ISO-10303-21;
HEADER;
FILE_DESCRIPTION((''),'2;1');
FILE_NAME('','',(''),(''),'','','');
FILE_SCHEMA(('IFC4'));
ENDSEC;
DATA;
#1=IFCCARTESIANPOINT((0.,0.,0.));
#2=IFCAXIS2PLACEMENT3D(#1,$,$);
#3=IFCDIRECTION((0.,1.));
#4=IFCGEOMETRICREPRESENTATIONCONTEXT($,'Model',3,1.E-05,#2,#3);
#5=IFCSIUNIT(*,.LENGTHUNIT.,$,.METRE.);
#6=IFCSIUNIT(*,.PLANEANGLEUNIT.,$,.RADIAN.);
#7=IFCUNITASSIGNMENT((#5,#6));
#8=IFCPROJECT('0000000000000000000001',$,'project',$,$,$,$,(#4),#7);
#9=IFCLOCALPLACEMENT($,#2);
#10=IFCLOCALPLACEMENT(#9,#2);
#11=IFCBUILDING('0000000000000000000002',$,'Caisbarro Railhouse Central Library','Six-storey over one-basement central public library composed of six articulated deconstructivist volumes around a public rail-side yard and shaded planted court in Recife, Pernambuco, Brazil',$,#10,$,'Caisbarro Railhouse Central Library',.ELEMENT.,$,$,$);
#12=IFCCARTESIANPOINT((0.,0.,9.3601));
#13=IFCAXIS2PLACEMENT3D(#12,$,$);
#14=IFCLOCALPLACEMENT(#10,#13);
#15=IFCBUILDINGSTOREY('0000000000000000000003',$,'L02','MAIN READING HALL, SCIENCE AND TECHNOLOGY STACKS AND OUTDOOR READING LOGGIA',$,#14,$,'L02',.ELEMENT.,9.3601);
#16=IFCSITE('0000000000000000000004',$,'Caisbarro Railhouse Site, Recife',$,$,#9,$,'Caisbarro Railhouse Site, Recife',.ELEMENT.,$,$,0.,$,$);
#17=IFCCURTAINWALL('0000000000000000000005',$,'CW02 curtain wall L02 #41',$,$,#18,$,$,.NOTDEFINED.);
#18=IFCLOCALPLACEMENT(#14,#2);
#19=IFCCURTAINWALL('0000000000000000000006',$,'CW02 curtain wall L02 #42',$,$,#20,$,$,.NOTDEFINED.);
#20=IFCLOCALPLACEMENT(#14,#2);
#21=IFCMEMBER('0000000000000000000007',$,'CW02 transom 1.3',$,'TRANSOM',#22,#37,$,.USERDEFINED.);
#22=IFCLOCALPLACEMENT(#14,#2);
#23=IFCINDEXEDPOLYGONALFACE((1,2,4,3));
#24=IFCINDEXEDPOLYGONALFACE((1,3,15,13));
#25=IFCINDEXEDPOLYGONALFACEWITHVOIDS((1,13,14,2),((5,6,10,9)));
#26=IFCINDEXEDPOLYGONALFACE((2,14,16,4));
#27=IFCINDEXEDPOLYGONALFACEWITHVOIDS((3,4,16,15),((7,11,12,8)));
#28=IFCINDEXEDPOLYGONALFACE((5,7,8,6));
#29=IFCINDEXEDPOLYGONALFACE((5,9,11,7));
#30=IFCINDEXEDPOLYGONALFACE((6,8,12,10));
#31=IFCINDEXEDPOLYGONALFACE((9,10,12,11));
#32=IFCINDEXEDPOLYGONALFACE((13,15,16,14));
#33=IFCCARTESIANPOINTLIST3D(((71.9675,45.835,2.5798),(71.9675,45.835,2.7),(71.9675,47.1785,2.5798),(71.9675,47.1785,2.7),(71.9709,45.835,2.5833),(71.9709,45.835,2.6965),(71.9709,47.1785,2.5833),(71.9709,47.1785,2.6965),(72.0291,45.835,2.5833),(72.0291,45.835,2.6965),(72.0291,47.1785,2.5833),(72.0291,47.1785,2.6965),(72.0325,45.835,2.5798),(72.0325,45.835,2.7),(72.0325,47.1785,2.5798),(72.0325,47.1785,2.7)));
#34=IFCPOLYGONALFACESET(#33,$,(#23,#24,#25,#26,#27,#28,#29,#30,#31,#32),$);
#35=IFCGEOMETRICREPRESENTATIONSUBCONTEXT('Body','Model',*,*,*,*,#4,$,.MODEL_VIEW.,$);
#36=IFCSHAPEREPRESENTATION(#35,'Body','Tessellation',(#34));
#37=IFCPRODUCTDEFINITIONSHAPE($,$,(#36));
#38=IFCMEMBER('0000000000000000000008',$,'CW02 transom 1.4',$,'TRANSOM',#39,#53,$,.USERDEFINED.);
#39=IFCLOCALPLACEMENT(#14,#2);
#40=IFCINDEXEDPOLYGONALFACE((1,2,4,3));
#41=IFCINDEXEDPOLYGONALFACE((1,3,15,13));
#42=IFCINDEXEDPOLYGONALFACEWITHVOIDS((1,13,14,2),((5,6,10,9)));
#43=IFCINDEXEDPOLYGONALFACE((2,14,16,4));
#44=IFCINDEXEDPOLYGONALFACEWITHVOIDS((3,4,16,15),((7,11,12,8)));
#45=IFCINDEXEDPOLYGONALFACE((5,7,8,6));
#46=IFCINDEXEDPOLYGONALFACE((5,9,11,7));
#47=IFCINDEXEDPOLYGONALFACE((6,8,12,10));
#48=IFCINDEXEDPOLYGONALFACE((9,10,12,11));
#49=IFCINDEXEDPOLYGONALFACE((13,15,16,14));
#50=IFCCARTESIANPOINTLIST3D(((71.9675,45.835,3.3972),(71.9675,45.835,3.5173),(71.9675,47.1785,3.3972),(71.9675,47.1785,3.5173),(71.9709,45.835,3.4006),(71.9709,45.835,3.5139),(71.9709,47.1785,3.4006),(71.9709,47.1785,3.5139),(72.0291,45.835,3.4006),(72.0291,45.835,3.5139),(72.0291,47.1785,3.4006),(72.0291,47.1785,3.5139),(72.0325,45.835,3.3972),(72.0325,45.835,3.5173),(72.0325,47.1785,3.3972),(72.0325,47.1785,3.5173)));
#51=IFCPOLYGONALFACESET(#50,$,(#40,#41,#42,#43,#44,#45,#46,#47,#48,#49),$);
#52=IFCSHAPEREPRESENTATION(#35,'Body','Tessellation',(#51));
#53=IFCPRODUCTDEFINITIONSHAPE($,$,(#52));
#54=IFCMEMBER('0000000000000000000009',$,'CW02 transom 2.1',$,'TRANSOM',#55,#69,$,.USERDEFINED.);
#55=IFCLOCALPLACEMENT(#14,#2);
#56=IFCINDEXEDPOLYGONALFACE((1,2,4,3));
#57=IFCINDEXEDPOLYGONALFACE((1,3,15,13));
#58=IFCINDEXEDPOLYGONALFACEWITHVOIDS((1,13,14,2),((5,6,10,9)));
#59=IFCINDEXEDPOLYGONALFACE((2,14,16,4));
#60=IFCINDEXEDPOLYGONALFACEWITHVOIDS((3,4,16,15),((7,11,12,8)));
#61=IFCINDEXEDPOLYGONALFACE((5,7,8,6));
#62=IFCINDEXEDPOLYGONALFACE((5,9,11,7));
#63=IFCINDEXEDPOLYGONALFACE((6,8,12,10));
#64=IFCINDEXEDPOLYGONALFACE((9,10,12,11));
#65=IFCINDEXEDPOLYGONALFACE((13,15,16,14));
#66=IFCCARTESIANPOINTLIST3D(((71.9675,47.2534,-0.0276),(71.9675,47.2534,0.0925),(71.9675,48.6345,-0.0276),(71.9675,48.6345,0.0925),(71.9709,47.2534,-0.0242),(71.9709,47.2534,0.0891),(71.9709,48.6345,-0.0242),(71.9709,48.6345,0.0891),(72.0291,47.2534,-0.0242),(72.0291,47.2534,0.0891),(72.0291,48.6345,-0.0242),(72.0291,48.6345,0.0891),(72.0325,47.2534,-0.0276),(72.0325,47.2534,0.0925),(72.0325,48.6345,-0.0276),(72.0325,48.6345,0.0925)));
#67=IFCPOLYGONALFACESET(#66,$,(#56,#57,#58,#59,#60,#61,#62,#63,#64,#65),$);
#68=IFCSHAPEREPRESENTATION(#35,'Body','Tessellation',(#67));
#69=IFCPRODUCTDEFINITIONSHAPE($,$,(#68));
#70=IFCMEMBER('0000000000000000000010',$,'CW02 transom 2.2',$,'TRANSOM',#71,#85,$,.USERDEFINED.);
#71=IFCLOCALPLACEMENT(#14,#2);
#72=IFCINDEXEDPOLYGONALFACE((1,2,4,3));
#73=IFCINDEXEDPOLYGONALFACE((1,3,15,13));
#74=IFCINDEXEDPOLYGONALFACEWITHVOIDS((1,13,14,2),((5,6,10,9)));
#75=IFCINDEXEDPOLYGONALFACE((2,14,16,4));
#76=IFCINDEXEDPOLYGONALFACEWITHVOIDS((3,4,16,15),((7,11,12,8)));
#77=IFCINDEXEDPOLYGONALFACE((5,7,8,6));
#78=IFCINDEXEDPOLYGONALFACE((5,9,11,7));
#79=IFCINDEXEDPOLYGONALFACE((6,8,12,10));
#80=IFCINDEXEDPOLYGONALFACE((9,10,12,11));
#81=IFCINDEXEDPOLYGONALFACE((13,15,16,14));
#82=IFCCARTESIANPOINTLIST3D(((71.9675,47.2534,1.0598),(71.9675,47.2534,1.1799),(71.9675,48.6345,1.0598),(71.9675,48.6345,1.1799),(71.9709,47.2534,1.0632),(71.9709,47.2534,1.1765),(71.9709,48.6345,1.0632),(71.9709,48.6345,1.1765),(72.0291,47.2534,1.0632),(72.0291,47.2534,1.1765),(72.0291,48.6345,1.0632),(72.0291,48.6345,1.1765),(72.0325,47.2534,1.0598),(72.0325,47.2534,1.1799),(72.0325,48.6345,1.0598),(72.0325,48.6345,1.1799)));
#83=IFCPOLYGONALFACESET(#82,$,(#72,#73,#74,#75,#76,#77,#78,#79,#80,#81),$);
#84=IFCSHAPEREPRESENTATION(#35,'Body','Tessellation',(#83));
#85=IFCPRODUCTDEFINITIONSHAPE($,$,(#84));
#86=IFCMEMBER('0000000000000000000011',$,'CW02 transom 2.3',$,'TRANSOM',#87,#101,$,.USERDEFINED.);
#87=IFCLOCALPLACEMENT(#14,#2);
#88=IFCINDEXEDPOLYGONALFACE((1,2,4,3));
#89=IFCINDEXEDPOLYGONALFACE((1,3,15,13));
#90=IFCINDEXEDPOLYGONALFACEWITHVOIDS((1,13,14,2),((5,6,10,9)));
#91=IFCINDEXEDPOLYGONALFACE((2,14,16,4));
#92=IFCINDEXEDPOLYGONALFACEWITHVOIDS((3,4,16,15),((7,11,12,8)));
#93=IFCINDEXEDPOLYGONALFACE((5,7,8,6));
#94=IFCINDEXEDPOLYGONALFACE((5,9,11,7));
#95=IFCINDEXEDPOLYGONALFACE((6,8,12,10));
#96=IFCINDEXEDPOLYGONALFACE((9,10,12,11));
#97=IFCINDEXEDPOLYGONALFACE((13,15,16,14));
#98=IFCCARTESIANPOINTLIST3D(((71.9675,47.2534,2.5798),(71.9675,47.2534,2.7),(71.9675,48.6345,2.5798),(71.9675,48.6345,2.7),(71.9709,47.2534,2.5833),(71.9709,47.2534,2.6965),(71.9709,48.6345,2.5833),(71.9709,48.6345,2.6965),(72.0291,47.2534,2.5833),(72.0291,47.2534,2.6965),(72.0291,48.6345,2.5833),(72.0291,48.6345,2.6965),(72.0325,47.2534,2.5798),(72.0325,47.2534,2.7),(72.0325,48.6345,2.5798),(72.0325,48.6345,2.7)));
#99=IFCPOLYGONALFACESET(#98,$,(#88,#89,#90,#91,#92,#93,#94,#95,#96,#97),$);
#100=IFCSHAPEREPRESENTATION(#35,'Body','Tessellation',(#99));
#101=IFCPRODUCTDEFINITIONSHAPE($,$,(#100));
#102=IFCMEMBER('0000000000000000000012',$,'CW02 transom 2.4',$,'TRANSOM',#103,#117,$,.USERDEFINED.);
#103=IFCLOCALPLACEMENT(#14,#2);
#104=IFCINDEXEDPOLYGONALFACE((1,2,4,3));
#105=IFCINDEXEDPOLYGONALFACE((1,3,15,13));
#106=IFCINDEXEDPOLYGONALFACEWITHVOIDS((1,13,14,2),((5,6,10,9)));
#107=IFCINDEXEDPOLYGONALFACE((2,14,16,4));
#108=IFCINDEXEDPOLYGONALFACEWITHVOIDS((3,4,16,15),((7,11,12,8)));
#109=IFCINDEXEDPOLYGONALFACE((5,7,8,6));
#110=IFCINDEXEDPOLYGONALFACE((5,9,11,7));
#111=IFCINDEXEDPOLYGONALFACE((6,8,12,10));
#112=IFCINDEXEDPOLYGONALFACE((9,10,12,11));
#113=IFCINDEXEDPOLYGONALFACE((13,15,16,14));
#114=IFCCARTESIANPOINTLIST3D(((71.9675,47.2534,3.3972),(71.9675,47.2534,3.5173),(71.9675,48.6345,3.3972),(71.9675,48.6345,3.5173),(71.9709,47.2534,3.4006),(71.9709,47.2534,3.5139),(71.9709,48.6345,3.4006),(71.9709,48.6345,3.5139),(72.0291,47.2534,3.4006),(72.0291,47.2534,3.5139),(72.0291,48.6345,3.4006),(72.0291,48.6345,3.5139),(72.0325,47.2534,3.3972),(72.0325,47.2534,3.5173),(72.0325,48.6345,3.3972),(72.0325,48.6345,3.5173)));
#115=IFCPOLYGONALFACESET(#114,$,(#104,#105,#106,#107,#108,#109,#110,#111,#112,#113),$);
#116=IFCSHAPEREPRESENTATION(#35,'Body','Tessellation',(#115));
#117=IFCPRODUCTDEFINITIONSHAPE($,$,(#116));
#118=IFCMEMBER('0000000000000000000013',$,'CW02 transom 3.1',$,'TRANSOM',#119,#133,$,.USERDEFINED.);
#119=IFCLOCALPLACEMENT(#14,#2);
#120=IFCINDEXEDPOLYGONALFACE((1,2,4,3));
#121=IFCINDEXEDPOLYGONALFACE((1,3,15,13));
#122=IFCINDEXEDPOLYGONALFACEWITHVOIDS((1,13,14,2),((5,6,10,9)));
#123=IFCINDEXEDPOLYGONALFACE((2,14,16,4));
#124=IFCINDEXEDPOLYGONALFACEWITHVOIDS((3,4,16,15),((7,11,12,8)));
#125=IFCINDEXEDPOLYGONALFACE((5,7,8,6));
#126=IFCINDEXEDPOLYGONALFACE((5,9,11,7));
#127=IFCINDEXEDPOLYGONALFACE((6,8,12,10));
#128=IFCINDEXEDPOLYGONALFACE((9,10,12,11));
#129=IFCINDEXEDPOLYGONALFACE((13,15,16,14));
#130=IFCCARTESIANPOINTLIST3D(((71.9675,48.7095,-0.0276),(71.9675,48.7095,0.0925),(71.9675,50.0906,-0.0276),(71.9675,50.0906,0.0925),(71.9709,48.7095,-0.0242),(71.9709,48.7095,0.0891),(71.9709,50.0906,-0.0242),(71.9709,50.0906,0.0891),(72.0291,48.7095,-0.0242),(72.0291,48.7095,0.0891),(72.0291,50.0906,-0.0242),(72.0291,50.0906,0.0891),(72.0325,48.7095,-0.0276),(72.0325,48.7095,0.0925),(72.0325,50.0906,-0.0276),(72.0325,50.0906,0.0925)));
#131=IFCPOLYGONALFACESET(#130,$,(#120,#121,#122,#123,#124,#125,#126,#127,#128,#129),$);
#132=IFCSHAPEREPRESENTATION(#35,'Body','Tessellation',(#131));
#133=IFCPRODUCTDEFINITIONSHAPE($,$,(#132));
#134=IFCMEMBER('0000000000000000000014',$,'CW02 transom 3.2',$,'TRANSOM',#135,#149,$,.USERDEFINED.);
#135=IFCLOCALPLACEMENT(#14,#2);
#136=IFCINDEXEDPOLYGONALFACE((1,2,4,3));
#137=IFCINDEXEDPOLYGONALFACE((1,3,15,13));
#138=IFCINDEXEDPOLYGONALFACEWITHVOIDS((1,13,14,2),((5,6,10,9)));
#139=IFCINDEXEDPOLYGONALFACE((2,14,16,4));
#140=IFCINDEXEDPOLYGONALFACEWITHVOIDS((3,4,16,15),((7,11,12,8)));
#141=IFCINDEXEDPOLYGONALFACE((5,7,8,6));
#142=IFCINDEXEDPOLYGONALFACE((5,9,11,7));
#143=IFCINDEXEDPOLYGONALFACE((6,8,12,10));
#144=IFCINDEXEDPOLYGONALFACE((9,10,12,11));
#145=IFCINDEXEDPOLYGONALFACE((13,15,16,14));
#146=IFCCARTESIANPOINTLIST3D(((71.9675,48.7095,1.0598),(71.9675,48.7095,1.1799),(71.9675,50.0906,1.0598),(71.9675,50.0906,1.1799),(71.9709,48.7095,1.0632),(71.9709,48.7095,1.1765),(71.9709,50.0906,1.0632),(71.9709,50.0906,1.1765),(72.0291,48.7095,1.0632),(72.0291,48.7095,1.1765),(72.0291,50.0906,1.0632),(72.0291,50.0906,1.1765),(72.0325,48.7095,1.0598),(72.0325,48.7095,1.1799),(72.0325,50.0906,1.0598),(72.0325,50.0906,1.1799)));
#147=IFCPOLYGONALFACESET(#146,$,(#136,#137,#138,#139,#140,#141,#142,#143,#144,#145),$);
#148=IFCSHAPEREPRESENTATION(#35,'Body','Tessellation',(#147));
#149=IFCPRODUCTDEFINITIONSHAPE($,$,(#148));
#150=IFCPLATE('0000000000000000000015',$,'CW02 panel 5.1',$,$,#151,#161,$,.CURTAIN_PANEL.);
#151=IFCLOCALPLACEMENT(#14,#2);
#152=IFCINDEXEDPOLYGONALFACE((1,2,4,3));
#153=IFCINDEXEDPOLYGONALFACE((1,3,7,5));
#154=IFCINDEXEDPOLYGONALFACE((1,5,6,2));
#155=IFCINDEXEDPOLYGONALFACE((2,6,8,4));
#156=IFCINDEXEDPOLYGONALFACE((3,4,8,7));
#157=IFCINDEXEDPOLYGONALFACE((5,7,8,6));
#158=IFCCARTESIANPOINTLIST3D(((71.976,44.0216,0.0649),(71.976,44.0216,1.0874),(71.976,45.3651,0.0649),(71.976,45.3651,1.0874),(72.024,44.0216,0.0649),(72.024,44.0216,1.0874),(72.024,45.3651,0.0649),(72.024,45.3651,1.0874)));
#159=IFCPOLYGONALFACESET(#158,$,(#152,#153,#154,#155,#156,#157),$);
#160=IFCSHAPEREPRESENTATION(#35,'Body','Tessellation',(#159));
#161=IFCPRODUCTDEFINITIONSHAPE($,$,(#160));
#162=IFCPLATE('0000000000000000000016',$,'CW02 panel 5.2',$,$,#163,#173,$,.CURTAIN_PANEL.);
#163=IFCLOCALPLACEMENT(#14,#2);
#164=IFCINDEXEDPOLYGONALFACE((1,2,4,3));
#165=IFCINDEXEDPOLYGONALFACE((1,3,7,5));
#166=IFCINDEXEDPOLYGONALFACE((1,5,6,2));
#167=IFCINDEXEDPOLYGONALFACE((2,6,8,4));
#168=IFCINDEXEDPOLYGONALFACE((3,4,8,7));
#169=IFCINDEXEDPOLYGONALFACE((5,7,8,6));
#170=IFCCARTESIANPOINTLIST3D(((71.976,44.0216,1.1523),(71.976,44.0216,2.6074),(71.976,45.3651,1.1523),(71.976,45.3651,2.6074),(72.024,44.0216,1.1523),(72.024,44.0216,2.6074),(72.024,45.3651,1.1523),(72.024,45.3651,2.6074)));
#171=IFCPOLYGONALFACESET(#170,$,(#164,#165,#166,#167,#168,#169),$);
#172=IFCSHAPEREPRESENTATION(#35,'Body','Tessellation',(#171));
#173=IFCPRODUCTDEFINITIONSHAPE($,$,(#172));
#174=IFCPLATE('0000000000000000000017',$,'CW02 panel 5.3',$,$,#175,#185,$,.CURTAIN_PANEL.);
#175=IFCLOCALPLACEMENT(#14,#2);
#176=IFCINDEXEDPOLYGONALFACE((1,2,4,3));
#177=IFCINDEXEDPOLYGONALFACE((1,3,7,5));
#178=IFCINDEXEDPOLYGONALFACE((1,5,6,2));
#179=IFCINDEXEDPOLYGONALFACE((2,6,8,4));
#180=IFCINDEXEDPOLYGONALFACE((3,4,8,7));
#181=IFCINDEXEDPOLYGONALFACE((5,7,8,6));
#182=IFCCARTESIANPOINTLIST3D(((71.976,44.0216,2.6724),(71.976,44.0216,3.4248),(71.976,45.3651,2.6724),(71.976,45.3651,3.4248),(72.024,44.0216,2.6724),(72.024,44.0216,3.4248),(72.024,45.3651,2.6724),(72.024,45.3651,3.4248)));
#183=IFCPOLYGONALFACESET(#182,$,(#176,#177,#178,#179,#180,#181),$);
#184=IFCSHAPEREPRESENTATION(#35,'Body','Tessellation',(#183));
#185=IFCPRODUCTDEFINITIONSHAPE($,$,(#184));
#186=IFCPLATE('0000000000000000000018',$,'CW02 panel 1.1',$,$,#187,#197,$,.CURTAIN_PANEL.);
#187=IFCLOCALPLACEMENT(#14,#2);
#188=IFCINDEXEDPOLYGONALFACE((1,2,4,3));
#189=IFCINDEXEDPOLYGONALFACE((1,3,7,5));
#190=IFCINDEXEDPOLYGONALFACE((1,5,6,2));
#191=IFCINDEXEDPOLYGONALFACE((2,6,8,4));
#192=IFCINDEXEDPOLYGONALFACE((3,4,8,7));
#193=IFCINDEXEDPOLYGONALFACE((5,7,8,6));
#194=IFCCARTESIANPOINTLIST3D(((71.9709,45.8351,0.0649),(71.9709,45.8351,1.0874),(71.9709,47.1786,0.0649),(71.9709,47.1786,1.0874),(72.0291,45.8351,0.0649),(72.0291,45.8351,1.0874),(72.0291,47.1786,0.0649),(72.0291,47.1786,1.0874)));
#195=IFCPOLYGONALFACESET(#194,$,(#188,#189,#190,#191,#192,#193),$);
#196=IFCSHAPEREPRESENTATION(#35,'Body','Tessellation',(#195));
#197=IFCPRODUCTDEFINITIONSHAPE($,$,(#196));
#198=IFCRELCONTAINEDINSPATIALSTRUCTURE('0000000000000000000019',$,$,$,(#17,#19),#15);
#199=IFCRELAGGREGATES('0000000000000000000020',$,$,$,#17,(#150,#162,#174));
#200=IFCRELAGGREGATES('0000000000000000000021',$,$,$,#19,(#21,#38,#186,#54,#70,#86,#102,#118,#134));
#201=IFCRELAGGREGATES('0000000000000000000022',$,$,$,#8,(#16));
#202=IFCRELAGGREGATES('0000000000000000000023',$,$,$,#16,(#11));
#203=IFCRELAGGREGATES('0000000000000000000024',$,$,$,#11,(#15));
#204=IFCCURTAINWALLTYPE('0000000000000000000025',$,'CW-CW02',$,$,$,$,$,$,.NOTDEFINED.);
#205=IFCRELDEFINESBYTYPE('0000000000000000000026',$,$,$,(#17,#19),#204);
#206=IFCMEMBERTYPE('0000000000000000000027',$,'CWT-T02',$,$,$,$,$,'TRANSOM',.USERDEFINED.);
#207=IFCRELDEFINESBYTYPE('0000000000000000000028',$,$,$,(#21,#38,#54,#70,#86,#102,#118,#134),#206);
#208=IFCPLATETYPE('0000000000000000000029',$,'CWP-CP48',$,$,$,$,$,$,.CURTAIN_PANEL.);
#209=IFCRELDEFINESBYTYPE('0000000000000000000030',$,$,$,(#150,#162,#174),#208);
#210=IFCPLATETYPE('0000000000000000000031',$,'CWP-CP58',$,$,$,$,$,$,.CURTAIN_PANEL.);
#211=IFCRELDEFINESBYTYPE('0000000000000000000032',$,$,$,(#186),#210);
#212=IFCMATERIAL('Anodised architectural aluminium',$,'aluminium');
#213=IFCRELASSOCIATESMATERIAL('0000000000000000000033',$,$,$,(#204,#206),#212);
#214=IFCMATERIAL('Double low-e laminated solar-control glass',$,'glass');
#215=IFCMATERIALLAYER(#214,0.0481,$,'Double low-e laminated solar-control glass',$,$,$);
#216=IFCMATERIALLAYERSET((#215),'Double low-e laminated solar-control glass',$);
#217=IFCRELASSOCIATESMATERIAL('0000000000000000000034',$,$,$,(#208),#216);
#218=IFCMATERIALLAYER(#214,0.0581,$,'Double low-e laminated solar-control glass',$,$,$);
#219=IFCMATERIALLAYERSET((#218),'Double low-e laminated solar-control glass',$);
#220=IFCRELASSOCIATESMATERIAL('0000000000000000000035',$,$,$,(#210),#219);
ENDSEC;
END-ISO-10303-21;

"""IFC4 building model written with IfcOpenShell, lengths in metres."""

from ifc_helpers import new_model, si_unit, direction, frame, origin, origin_2d, place, context, subcontext, project, spatial, rectangle, hollow_rectangle, extrude, material, layer, layer_set, material_profile, profile_set, type_object, element, aggregate, save


model = new_model("IFC4")

# Units and contexts
model_context = context("Model", 3, precision=1e-05, world=origin(), true_north=direction((0.0, 1.0)))
body_context = subcontext(model_context, "Body", "Model", "MODEL_VIEW")
ifc_project = project(units=[si_unit("LENGTHUNIT", "METRE"), si_unit("PLANEANGLEUNIT", "RADIAN")], contexts=[model_context])

# Site, building, storey
site_placement = place(None, origin())
site = spatial("IfcSite", under=ifc_project, at=site_placement, Name="Caisbarro Railhouse Site, Recife", LongName="Caisbarro Railhouse Site, Recife", CompositionType="ELEMENT", RefElevation=0.0)
building_placement = place(site_placement, origin())
building = spatial("IfcBuilding", under=site, at=building_placement, Name="Caisbarro Railhouse Central Library", Description="Six-storey over one-basement central public library composed of six articulated deconstructivist volumes around a public rail-side yard and shaded planted court in Recife, Pernambuco, Brazil", LongName="Caisbarro Railhouse Central Library", CompositionType="ELEMENT")
storey_placement = place(building_placement, frame((0.0, 0.0, 9.3601)))
storey = spatial("IfcBuildingStorey", under=building, at=storey_placement, Name="L02", Description="MAIN READING HALL, SCIENCE AND TECHNOLOGY STACKS AND OUTDOOR READING LOGGIA", LongName="L02", CompositionType="ELEMENT", Elevation=9.3601)

# Curtain wall
ifc_material_1 = material(Name="Anodised architectural aluminium", Category="aluminium")
curtain_wall_type = type_object("IfcCurtainWallType", Name="CW-CW02", PredefinedType="NOTDEFINED", material=ifc_material_1)
curtain_wall_1_placement = place(storey_placement, origin())
curtain_wall_1 = element("IfcCurtainWall", 1, at=curtain_wall_1_placement, inside=storey, type_object=curtain_wall_type, Name="CW02 curtain wall L02 #41", PredefinedType="NOTDEFINED")

# Curtain wall
curtain_wall_2_placement = place(storey_placement, origin())
curtain_wall_2 = element("IfcCurtainWall", 2, at=curtain_wall_2_placement, inside=storey, type_object=curtain_wall_type, Name="CW02 curtain wall L02 #42", PredefinedType="NOTDEFINED")

# Members
ifc_material_profile_1 = material_profile(ifc_material_1, hollow_rectangle(XDim=0.0649, YDim=0.1201, WallThickness=0.0034, at=origin_2d()), Name="ALU-TRN-65X120")
ifc_profile_set_1 = profile_set([ifc_material_profile_1], Name="Anodised architectural aluminium")
member_type_1 = type_object("IfcMemberType", Name="CWT-T02", ElementType="TRANSOM", PredefinedType="USERDEFINED", material=ifc_profile_set_1)
member_1_placement = place(storey_placement, frame((72.0, 45.835, 2.6399), z_axis=(0.0, 1.0, 0.0), x_axis=(-1.0, 0.0, 0.0)))
member_1 = element("IfcMember", 3, at=member_1_placement, type_object=member_type_1, Name="CW02 transom 1.3", ObjectType="TRANSOM", PredefinedType="USERDEFINED", context=body_context, shape_type="SweptSolid", body=[
    extrude(hollow_rectangle(XDim=0.0649, YDim=0.1201, WallThickness=0.0034, at=origin_2d()), origin(), (0.0, 0.0, 1.0), 1.3435),
])
member_2_placement = place(storey_placement, frame((72.0, 45.835, 3.4573), z_axis=(0.0, 1.0, 0.0), x_axis=(-1.0, 0.0, 0.0)))
member_2 = element("IfcMember", 4, at=member_2_placement, type_object=member_type_1, Name="CW02 transom 1.4", ObjectType="TRANSOM", PredefinedType="USERDEFINED", context=body_context, shape_type="SweptSolid", body=[
    extrude(hollow_rectangle(XDim=0.0649, YDim=0.1201, WallThickness=0.0034, at=origin_2d()), origin(), (0.0, 0.0, 1.0), 1.3435),
])
member_3_placement = place(storey_placement, frame((72.0, 47.2534, 0.0325), z_axis=(0.0, 1.0, 0.0), x_axis=(-1.0, 0.0, 0.0)))
member_3 = element("IfcMember", 5, at=member_3_placement, type_object=member_type_1, Name="CW02 transom 2.1", ObjectType="TRANSOM", PredefinedType="USERDEFINED", context=body_context, shape_type="SweptSolid", body=[
    extrude(hollow_rectangle(XDim=0.0649, YDim=0.1201, WallThickness=0.0034, at=origin_2d()), origin(), (0.0, 0.0, 1.0), 1.3811),
])
member_4_placement = place(storey_placement, frame((72.0, 47.2534, 1.1199), z_axis=(0.0, 1.0, 0.0), x_axis=(-1.0, 0.0, 0.0)))
member_4 = element("IfcMember", 6, at=member_4_placement, type_object=member_type_1, Name="CW02 transom 2.2", ObjectType="TRANSOM", PredefinedType="USERDEFINED", context=body_context, shape_type="SweptSolid", body=[
    extrude(hollow_rectangle(XDim=0.0649, YDim=0.1201, WallThickness=0.0034, at=origin_2d()), origin(), (0.0, 0.0, 1.0), 1.3811),
])
member_5_placement = place(storey_placement, frame((72.0, 47.2534, 2.6399), z_axis=(0.0, 1.0, 0.0), x_axis=(-1.0, 0.0, 0.0)))
member_5 = element("IfcMember", 7, at=member_5_placement, type_object=member_type_1, Name="CW02 transom 2.3", ObjectType="TRANSOM", PredefinedType="USERDEFINED", context=body_context, shape_type="SweptSolid", body=[
    extrude(hollow_rectangle(XDim=0.0649, YDim=0.1201, WallThickness=0.0034, at=origin_2d()), origin(), (0.0, 0.0, 1.0), 1.3811),
])
member_6_placement = place(storey_placement, frame((72.0, 47.2534, 3.4573), z_axis=(0.0, 1.0, 0.0), x_axis=(-1.0, 0.0, 0.0)))
member_6 = element("IfcMember", 8, at=member_6_placement, type_object=member_type_1, Name="CW02 transom 2.4", ObjectType="TRANSOM", PredefinedType="USERDEFINED", context=body_context, shape_type="SweptSolid", body=[
    extrude(hollow_rectangle(XDim=0.0649, YDim=0.1201, WallThickness=0.0034, at=origin_2d()), origin(), (0.0, 0.0, 1.0), 1.3811),
])
member_7_placement = place(storey_placement, frame((72.0, 48.7095, 0.0325), z_axis=(0.0, 1.0, 0.0), x_axis=(-1.0, 0.0, 0.0)))
member_7 = element("IfcMember", 9, at=member_7_placement, type_object=member_type_1, Name="CW02 transom 3.1", ObjectType="TRANSOM", PredefinedType="USERDEFINED", context=body_context, shape_type="SweptSolid", body=[
    extrude(hollow_rectangle(XDim=0.0649, YDim=0.1201, WallThickness=0.0034, at=origin_2d()), origin(), (0.0, 0.0, 1.0), 1.3811),
])
member_8_placement = place(storey_placement, frame((72.0, 48.7095, 1.1199), z_axis=(0.0, 1.0, 0.0), x_axis=(-1.0, 0.0, 0.0)))
member_8 = element("IfcMember", 10, at=member_8_placement, type_object=member_type_1, Name="CW02 transom 3.2", ObjectType="TRANSOM", PredefinedType="USERDEFINED", context=body_context, shape_type="SweptSolid", body=[
    extrude(hollow_rectangle(XDim=0.0649, YDim=0.1201, WallThickness=0.0034, at=origin_2d()), origin(), (0.0, 0.0, 1.0), 1.3811),
])

# Plates
ifc_material_2 = material(Name="Double low-e laminated solar-control glass", Category="glass")
ifc_layer_1 = layer(ifc_material_2, 0.0481, Name="Double low-e laminated solar-control glass")
ifc_layer_set_1 = layer_set([ifc_layer_1], Name="Double low-e laminated solar-control glass")
plate_type_1 = type_object("IfcPlateType", Name="CWP-CP48", PredefinedType="CURTAIN_PANEL", material=ifc_layer_set_1)
plate_1_placement = place(storey_placement, frame((72.0, 44.6934, 0.0649), z_axis=(0.0, 0.0, 1.0), x_axis=(0.0, 1.0, 0.0)))
plate_1 = element("IfcPlate", 11, at=plate_1_placement, type_object=plate_type_1, Name="CW02 panel 5.1", PredefinedType="CURTAIN_PANEL", context=body_context, shape_type="SweptSolid", body=[
    extrude(rectangle(XDim=1.3435, YDim=0.0481, at=origin_2d()), origin(), (0.0, 0.0, 1.0), 1.0225),
])
plate_2_placement = place(storey_placement, frame((72.0, 44.6934, 1.1523), z_axis=(0.0, 0.0, 1.0), x_axis=(0.0, 1.0, 0.0)))
plate_2 = element("IfcPlate", 12, at=plate_2_placement, type_object=plate_type_1, Name="CW02 panel 5.2", PredefinedType="CURTAIN_PANEL", context=body_context, shape_type="SweptSolid", body=[
    extrude(rectangle(XDim=1.3435, YDim=0.0481, at=origin_2d()), origin(), (0.0, 0.0, 1.0), 1.4551),
])
plate_3_placement = place(storey_placement, frame((72.0, 44.6934, 2.6724), z_axis=(0.0, 0.0, 1.0), x_axis=(0.0, 1.0, 0.0)))
plate_3 = element("IfcPlate", 13, at=plate_3_placement, type_object=plate_type_1, Name="CW02 panel 5.3", PredefinedType="CURTAIN_PANEL", context=body_context, shape_type="SweptSolid", body=[
    extrude(rectangle(XDim=1.3435, YDim=0.0481, at=origin_2d()), origin(), (0.0, 0.0, 1.0), 0.7524),
])
aggregate(curtain_wall_1, [plate_1, plate_2, plate_3])
ifc_layer_2 = layer(ifc_material_2, 0.0581, Name="Double low-e laminated solar-control glass")
ifc_layer_set_2 = layer_set([ifc_layer_2], Name="Double low-e laminated solar-control glass")
plate_type_2 = type_object("IfcPlateType", Name="CWP-CP58", PredefinedType="CURTAIN_PANEL", material=ifc_layer_set_2)
plate_4_placement = place(storey_placement, frame((72.0, 46.5068, 0.0649), z_axis=(0.0, 0.0, 1.0), x_axis=(0.0, 1.0, 0.0)))
plate_4 = element("IfcPlate", 14, at=plate_4_placement, type_object=plate_type_2, Name="CW02 panel 1.1", PredefinedType="CURTAIN_PANEL", context=body_context, shape_type="SweptSolid", body=[
    extrude(rectangle(XDim=1.3435, YDim=0.0581, at=origin_2d()), origin(), (0.0, 0.0, 1.0), 1.0225),
])
aggregate(curtain_wall_2, [member_1, member_2, plate_4, member_3, member_4, member_5, member_6, member_7, member_8])

save(model, "model.ifc")
